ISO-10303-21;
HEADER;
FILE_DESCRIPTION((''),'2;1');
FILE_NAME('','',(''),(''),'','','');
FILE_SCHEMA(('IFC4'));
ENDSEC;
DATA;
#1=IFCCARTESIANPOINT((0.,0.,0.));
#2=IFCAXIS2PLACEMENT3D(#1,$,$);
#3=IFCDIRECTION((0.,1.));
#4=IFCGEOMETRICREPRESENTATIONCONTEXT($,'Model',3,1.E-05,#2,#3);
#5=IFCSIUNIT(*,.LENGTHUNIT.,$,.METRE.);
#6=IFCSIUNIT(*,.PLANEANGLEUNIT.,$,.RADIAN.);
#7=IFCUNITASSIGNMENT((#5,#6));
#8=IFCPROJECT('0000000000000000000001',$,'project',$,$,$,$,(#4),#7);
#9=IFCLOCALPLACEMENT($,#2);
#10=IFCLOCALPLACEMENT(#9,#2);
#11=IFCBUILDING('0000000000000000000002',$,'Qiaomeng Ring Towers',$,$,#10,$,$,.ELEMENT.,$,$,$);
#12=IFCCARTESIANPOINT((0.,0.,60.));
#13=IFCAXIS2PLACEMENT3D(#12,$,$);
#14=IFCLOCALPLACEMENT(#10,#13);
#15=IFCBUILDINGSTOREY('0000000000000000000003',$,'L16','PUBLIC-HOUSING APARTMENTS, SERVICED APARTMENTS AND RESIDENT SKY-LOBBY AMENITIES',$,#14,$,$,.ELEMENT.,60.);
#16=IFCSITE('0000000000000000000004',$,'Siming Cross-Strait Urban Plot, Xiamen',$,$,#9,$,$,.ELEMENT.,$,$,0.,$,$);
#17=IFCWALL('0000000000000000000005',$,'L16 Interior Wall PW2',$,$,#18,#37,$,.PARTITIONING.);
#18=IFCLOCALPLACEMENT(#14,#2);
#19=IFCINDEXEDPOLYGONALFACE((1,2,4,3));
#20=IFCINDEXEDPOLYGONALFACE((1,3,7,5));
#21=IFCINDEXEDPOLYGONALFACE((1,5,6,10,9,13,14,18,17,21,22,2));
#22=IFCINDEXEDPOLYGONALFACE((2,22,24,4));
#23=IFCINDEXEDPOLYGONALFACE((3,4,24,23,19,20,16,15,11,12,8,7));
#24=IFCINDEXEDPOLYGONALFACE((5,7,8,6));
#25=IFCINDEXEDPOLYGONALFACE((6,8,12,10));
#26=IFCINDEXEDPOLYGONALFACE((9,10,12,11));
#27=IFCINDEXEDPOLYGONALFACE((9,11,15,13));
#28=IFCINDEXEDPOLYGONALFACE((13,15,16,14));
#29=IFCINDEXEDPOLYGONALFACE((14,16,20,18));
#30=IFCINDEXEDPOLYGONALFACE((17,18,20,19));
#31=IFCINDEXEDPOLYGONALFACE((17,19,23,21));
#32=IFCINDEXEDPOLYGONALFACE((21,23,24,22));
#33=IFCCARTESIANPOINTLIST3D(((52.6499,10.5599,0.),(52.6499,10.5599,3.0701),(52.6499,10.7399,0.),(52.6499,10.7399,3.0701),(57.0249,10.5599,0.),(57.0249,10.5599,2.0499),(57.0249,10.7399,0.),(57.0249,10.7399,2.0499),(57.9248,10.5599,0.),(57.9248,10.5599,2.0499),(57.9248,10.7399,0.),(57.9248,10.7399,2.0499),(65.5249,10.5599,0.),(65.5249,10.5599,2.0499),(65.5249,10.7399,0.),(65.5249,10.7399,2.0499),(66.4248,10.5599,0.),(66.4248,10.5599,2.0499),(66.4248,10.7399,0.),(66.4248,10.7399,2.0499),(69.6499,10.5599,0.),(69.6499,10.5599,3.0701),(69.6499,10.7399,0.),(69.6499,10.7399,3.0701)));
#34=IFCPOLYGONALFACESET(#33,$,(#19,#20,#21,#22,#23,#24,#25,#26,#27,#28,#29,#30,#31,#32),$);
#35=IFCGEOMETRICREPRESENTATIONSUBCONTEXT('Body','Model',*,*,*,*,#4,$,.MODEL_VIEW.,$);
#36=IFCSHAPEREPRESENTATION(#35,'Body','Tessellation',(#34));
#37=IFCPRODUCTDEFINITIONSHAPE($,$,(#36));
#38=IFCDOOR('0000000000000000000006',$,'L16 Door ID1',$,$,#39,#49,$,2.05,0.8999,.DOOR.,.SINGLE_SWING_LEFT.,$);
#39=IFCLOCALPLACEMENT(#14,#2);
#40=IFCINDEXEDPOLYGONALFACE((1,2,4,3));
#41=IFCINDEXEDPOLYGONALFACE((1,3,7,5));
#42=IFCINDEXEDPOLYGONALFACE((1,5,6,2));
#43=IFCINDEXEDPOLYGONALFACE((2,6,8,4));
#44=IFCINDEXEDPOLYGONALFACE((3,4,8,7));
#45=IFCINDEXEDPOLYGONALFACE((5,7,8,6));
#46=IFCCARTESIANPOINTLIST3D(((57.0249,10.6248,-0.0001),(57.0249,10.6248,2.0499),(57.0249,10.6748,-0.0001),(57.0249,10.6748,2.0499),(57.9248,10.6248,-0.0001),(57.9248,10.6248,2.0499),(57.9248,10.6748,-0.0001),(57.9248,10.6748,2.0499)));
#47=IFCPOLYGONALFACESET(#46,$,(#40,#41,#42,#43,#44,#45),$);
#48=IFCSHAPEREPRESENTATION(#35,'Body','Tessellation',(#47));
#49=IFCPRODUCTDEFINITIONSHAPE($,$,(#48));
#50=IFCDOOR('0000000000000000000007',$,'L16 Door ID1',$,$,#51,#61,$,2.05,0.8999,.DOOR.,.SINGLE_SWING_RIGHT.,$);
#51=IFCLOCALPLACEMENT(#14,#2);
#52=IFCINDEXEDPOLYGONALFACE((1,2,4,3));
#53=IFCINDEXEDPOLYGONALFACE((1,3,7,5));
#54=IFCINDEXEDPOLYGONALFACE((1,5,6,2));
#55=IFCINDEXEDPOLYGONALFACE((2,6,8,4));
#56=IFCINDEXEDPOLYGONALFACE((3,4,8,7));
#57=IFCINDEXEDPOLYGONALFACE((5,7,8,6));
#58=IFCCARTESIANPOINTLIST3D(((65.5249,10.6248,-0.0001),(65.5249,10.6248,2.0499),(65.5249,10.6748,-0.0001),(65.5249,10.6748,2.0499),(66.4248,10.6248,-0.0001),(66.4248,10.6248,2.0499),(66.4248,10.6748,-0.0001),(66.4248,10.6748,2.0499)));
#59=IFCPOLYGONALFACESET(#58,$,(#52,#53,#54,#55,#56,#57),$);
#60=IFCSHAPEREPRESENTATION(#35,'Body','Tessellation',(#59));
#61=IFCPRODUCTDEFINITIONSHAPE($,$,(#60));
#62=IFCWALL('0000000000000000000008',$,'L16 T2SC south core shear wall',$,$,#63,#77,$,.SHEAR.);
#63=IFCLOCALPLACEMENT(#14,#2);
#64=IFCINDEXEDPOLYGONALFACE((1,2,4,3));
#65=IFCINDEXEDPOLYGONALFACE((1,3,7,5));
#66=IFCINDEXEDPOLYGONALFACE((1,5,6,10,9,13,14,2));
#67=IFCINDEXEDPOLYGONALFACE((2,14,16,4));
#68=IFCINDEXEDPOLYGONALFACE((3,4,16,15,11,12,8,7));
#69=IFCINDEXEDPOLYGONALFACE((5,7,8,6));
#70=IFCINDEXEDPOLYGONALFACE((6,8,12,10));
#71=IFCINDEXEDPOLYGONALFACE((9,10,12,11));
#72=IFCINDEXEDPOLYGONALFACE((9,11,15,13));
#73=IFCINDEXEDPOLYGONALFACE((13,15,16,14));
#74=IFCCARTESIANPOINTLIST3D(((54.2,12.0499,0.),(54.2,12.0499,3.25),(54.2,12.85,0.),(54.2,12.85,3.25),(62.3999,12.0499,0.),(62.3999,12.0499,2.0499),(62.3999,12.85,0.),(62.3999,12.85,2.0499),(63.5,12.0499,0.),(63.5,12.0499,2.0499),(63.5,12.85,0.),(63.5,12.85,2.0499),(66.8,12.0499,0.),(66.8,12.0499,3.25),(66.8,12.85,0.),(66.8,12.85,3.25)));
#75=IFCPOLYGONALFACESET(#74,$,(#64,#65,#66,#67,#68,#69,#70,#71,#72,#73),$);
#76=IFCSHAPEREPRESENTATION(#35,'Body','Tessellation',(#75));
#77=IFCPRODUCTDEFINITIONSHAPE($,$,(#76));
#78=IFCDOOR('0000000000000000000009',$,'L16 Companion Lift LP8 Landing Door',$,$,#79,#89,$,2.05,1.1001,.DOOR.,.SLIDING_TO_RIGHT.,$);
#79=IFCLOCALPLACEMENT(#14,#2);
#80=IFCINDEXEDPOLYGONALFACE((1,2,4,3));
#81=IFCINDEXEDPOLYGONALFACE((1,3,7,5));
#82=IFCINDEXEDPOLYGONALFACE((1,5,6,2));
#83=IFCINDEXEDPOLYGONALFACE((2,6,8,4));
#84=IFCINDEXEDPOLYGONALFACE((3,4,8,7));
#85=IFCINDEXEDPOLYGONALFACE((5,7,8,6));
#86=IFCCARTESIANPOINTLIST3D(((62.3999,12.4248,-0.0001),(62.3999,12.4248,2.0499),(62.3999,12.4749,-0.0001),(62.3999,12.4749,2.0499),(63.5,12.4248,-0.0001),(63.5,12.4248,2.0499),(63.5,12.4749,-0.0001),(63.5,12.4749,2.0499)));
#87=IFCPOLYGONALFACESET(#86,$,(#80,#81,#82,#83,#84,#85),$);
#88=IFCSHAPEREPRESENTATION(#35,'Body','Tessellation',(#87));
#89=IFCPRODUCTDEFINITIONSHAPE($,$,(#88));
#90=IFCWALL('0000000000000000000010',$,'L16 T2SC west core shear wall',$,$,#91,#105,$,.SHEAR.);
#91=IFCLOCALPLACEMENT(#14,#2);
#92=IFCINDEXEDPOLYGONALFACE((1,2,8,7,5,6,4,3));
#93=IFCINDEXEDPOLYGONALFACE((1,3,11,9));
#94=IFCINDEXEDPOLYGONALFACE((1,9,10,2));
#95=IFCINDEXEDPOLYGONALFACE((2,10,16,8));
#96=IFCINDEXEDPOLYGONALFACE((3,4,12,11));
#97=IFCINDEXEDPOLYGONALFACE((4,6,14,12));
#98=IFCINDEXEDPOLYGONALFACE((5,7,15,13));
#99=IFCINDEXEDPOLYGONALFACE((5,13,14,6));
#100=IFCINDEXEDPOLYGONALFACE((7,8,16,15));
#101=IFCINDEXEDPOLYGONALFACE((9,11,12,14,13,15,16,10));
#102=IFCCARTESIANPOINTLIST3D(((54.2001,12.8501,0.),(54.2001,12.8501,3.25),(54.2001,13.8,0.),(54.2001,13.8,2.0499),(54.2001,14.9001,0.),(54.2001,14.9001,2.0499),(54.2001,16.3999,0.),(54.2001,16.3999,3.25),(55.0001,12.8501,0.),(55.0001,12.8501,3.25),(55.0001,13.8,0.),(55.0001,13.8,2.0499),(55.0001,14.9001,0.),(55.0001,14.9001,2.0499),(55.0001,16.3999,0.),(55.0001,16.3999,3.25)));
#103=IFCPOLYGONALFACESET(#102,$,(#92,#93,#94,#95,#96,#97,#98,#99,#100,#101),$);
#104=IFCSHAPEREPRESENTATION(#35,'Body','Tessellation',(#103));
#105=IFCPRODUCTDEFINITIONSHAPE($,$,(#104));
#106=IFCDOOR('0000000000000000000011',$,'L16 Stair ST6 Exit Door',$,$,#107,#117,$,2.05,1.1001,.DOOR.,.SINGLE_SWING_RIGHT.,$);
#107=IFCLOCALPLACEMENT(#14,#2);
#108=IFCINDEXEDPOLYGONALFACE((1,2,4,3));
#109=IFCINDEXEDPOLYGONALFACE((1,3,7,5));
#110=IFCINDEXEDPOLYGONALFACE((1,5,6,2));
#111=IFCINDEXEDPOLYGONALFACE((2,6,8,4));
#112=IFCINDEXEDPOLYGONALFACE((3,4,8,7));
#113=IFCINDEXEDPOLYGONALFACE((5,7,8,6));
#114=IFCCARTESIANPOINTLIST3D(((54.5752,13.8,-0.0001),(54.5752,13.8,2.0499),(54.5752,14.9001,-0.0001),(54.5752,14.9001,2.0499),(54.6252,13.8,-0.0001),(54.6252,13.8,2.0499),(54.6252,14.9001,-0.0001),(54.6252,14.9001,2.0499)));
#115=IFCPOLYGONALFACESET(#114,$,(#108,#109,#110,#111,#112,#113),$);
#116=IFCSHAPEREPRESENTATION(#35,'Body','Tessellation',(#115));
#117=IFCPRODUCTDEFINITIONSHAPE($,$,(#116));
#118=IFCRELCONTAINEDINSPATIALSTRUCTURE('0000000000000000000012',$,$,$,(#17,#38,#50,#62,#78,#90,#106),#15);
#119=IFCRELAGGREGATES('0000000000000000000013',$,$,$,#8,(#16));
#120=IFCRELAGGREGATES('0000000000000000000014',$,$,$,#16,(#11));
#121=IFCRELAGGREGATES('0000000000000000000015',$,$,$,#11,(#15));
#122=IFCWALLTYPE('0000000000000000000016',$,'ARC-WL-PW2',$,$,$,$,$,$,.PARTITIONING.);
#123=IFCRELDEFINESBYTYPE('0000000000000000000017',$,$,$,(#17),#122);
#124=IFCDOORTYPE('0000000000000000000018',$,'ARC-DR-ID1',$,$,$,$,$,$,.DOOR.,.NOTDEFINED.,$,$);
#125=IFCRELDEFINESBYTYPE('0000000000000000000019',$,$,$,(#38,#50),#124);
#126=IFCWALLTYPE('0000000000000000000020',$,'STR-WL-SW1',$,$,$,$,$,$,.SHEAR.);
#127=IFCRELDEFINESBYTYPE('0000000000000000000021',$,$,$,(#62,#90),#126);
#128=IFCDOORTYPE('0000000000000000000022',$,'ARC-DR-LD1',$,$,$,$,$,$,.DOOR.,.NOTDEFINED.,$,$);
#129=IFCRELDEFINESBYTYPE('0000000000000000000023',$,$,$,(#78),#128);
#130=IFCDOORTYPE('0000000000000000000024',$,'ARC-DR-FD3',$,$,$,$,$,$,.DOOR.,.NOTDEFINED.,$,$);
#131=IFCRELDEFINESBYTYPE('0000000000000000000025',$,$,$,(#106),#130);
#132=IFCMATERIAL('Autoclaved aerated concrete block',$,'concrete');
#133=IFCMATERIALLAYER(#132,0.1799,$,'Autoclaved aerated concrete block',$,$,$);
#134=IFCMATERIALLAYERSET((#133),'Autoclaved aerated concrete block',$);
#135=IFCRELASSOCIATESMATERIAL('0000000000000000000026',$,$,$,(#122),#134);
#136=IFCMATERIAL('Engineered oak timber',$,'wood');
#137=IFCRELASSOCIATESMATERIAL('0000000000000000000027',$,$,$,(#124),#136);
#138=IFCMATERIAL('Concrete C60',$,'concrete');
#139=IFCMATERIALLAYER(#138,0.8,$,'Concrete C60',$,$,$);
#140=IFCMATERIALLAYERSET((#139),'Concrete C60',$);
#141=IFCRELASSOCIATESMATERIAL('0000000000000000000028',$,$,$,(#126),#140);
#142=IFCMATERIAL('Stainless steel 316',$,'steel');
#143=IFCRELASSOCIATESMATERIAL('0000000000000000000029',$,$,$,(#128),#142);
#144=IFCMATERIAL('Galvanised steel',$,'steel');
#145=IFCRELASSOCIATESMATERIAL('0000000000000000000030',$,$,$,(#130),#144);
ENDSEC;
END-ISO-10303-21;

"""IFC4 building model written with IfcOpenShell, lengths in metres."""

from ifc_helpers import new_model, si_unit, direction, frame, frame_2d, origin, place, context, subcontext, project, spatial, rectangle, extrude, source, transform, mapped, material, layer, layer_set, type_object, element, fill, save


model = new_model("IFC4")

# Units and contexts
model_context = context("Model", 3, precision=1e-05, world=origin(), true_north=direction((0.0, 1.0)))
body_context = subcontext(model_context, "Body", "Model", "MODEL_VIEW")
ifc_project = project(units=[si_unit("LENGTHUNIT", "METRE"), si_unit("PLANEANGLEUNIT", "RADIAN")], contexts=[model_context])

# Site, building, storey
site_placement = place(None, origin())
site = spatial("IfcSite", under=ifc_project, at=site_placement, Name="Siming Cross-Strait Urban Plot, Xiamen", CompositionType="ELEMENT", RefElevation=0.0)
building_placement = place(site_placement, origin())
building = spatial("IfcBuilding", under=site, at=building_placement, Name="Qiaomeng Ring Towers", CompositionType="ELEMENT")
storey_placement = place(building_placement, frame((0.0, 0.0, 60.0)))
storey = spatial("IfcBuildingStorey", under=building, at=storey_placement, Name="L16", Description="PUBLIC-HOUSING APARTMENTS, SERVICED APARTMENTS AND RESIDENT SKY-LOBBY AMENITIES", CompositionType="ELEMENT", Elevation=60.0)

# Shared definitions
ifc_material_1 = material(Name="Concrete C60", Category="concrete")

# Wall, openings, doors
ifc_material_2 = material(Name="Autoclaved aerated concrete block", Category="concrete")
ifc_layer_1 = layer(ifc_material_2, 0.1799, Name="Autoclaved aerated concrete block")
ifc_layer_set_1 = layer_set([ifc_layer_1], Name="Autoclaved aerated concrete block")
wall_type_1 = type_object("IfcWallType", Name="ARC-WL-PW2", PredefinedType="PARTITIONING", material=ifc_layer_set_1)
ifc_material_3 = material(Name="Engineered oak timber", Category="wood")
door_type_1 = type_object("IfcDoorType", Name="ARC-DR-ID1", OperationType="NOTDEFINED", PredefinedType="DOOR", material=ifc_material_3)
shared_shape_1 = source(origin(), body_context, "Body", "SweptSolid", [
    extrude(rectangle(XDim=0.8999, YDim=2.05, at=frame_2d((0.45, 1.0249))), frame((0.0, 0.0249, 0.0), z_axis=(0.0, -1.0, 0.0), x_axis=(1.0, 0.0, 0.0)), (0.0, 0.0, 1.0), 0.05),
])
wall_1_placement = place(storey_placement, frame((52.6499, 10.6499, 0.0), z_axis=(0.0, 0.0, 1.0), x_axis=(1.0, 0.0, 0.0)))
wall_1 = element("IfcWall", 1, at=wall_1_placement, inside=storey, type_object=wall_type_1, Name="L16 Interior Wall PW2", PredefinedType="PARTITIONING", context=body_context, shape_type="SweptSolid", body=[
    extrude(rectangle(XDim=17.0, YDim=0.1799, at=frame_2d((8.5, 0.0))), origin(), (0.0, 0.0, 1.0), 3.0701),
])
opening_1_placement = place(wall_1_placement, frame((4.375, 0.0, 0.0)))
opening_1 = element("IfcOpeningElement", 2, at=opening_1_placement, cuts=wall_1, PredefinedType="OPENING", context=body_context, shape_type="SweptSolid", body=[
    extrude(rectangle(XDim=0.8999, YDim=2.05, at=frame_2d((0.45, 1.0249))), frame((0.0, 0.0999, 0.0), z_axis=(0.0, -1.0, 0.0), x_axis=(1.0, 0.0, 0.0)), (0.0, 0.0, 1.0), 0.2),
])
opening_2_placement = place(wall_1_placement, frame((12.875, 0.0, 0.0)))
opening_2 = element("IfcOpeningElement", 3, at=opening_2_placement, cuts=wall_1, PredefinedType="OPENING", context=body_context, shape_type="SweptSolid", body=[
    extrude(rectangle(XDim=0.8999, YDim=2.05, at=frame_2d((0.45, 1.0249))), frame((0.0, 0.0999, 0.0), z_axis=(0.0, -1.0, 0.0), x_axis=(1.0, 0.0, 0.0)), (0.0, 0.0, 1.0), 0.2),
])
door_1_placement = place(opening_1_placement, origin())
door_1 = element("IfcDoor", 4, at=door_1_placement, inside=storey, type_object=door_type_1, Name="L16 Door ID1", OperationType="SINGLE_SWING_LEFT", OverallHeight=2.05, OverallWidth=0.8999, PredefinedType="DOOR", context=body_context, shape_type="MappedRepresentation", body=[
    mapped(shared_shape_1, transform((0.0, 0.0, 0.0), x_axis=(1.0, 0.0, 0.0), y_axis=(0.0, 1.0, 0.0), z_axis=(0.0, 0.0, 1.0), scale=1.0)),
])
fill(opening_1, door_1)
door_2_placement = place(opening_2_placement, origin())
door_2 = element("IfcDoor", 5, at=door_2_placement, inside=storey, type_object=door_type_1, Name="L16 Door ID1", OperationType="SINGLE_SWING_RIGHT", OverallHeight=2.05, OverallWidth=0.8999, PredefinedType="DOOR", context=body_context, shape_type="MappedRepresentation", body=[
    mapped(shared_shape_1, transform((0.0, 0.0, 0.0), x_axis=(1.0, 0.0, 0.0), y_axis=(0.0, 1.0, 0.0), z_axis=(0.0, 0.0, 1.0), scale=1.0)),
])
fill(opening_2, door_2)

# Walls, openings, doors
ifc_layer_2 = layer(ifc_material_1, 0.8, Name="Concrete C60")
ifc_layer_set_2 = layer_set([ifc_layer_2], Name="Concrete C60")
wall_type_2 = type_object("IfcWallType", Name="STR-WL-SW1", PredefinedType="SHEAR", material=ifc_layer_set_2)
wall_2_placement = place(storey_placement, frame((54.2, 12.45, 0.0), z_axis=(0.0, 0.0, 1.0), x_axis=(1.0, 0.0, 0.0)))
wall_2 = element("IfcWall", 6, at=wall_2_placement, inside=storey, type_object=wall_type_2, Name="L16 T2SC south core shear wall", PredefinedType="SHEAR", context=body_context, shape_type="SweptSolid", body=[
    extrude(rectangle(XDim=12.6001, YDim=0.8, at=frame_2d((6.3, 0.0))), origin(), (0.0, 0.0, 1.0), 3.25),
])
opening_3_placement = place(wall_2_placement, frame((8.2, 0.0, 0.0)))
opening_3 = element("IfcOpeningElement", 7, at=opening_3_placement, cuts=wall_2, PredefinedType="OPENING", context=body_context, shape_type="SweptSolid", body=[
    extrude(rectangle(XDim=1.1001, YDim=2.05, at=frame_2d((0.55, 1.0249))), frame((0.0, 0.4099, 0.0), z_axis=(0.0, -1.0, 0.0), x_axis=(1.0, 0.0, 0.0)), (0.0, 0.0, 1.0), 0.8201),
])
ifc_material_4 = material(Name="Stainless steel 316", Category="steel")
door_type_2 = type_object("IfcDoorType", Name="ARC-DR-LD1", OperationType="NOTDEFINED", PredefinedType="DOOR", material=ifc_material_4)
shared_shape_2 = source(origin(), body_context, "Body", "SweptSolid", [
    extrude(rectangle(XDim=1.1001, YDim=2.05, at=frame_2d((0.55, 1.0249))), frame((0.0, 0.0249, 0.0), z_axis=(0.0, -1.0, 0.0), x_axis=(1.0, 0.0, 0.0)), (0.0, 0.0, 1.0), 0.05),
])
door_3_placement = place(opening_3_placement, origin())
door_3 = element("IfcDoor", 8, at=door_3_placement, inside=storey, type_object=door_type_2, Name="L16 Companion Lift LP8 Landing Door", OperationType="SLIDING_TO_RIGHT", OverallHeight=2.05, OverallWidth=1.1001, PredefinedType="DOOR", context=body_context, shape_type="MappedRepresentation", body=[
    mapped(shared_shape_2, transform((0.0, 0.0, 0.0), x_axis=(1.0, 0.0, 0.0), y_axis=(0.0, 1.0, 0.0), z_axis=(0.0, 0.0, 1.0), scale=1.0)),
])
fill(opening_3, door_3)
wall_3_placement = place(storey_placement, frame((54.6001, 12.8501, 0.0), z_axis=(0.0, 0.0, 1.0), x_axis=(0.0, 1.0, 0.0)))
wall_3 = element("IfcWall", 9, at=wall_3_placement, inside=storey, type_object=wall_type_2, Name="L16 T2SC west core shear wall", PredefinedType="SHEAR", context=body_context, shape_type="SweptSolid", body=[
    extrude(rectangle(XDim=3.5498, YDim=0.8, at=frame_2d((1.7749, 0.0))), origin(), (0.0, 0.0, 1.0), 3.25),
])
opening_4_placement = place(wall_3_placement, frame((0.95, 0.0, 0.0)))
opening_4 = element("IfcOpeningElement", 10, at=opening_4_placement, cuts=wall_3, PredefinedType="OPENING", context=body_context, shape_type="SweptSolid", body=[
    extrude(rectangle(XDim=1.1001, YDim=2.05, at=frame_2d((0.55, 1.0249))), frame((0.0, 0.4099, 0.0), z_axis=(0.0, -1.0, 0.0), x_axis=(1.0, 0.0, 0.0)), (0.0, 0.0, 1.0), 0.8201),
])
ifc_material_5 = material(Name="Galvanised steel", Category="steel")
door_type_3 = type_object("IfcDoorType", Name="ARC-DR-FD3", OperationType="NOTDEFINED", PredefinedType="DOOR", material=ifc_material_5)
door_4_placement = place(opening_4_placement, origin())
door_4 = element("IfcDoor", 11, at=door_4_placement, inside=storey, type_object=door_type_3, Name="L16 Stair ST6 Exit Door", OperationType="SINGLE_SWING_RIGHT", OverallHeight=2.05, OverallWidth=1.1001, PredefinedType="DOOR", context=body_context, shape_type="MappedRepresentation", body=[
    mapped(shared_shape_2, transform((0.0, 0.0, 0.0), x_axis=(1.0, 0.0, 0.0), y_axis=(0.0, 1.0, 0.0), z_axis=(0.0, 0.0, 1.0), scale=1.0)),
])
fill(opening_4, door_4)

save(model, "model.ifc")
